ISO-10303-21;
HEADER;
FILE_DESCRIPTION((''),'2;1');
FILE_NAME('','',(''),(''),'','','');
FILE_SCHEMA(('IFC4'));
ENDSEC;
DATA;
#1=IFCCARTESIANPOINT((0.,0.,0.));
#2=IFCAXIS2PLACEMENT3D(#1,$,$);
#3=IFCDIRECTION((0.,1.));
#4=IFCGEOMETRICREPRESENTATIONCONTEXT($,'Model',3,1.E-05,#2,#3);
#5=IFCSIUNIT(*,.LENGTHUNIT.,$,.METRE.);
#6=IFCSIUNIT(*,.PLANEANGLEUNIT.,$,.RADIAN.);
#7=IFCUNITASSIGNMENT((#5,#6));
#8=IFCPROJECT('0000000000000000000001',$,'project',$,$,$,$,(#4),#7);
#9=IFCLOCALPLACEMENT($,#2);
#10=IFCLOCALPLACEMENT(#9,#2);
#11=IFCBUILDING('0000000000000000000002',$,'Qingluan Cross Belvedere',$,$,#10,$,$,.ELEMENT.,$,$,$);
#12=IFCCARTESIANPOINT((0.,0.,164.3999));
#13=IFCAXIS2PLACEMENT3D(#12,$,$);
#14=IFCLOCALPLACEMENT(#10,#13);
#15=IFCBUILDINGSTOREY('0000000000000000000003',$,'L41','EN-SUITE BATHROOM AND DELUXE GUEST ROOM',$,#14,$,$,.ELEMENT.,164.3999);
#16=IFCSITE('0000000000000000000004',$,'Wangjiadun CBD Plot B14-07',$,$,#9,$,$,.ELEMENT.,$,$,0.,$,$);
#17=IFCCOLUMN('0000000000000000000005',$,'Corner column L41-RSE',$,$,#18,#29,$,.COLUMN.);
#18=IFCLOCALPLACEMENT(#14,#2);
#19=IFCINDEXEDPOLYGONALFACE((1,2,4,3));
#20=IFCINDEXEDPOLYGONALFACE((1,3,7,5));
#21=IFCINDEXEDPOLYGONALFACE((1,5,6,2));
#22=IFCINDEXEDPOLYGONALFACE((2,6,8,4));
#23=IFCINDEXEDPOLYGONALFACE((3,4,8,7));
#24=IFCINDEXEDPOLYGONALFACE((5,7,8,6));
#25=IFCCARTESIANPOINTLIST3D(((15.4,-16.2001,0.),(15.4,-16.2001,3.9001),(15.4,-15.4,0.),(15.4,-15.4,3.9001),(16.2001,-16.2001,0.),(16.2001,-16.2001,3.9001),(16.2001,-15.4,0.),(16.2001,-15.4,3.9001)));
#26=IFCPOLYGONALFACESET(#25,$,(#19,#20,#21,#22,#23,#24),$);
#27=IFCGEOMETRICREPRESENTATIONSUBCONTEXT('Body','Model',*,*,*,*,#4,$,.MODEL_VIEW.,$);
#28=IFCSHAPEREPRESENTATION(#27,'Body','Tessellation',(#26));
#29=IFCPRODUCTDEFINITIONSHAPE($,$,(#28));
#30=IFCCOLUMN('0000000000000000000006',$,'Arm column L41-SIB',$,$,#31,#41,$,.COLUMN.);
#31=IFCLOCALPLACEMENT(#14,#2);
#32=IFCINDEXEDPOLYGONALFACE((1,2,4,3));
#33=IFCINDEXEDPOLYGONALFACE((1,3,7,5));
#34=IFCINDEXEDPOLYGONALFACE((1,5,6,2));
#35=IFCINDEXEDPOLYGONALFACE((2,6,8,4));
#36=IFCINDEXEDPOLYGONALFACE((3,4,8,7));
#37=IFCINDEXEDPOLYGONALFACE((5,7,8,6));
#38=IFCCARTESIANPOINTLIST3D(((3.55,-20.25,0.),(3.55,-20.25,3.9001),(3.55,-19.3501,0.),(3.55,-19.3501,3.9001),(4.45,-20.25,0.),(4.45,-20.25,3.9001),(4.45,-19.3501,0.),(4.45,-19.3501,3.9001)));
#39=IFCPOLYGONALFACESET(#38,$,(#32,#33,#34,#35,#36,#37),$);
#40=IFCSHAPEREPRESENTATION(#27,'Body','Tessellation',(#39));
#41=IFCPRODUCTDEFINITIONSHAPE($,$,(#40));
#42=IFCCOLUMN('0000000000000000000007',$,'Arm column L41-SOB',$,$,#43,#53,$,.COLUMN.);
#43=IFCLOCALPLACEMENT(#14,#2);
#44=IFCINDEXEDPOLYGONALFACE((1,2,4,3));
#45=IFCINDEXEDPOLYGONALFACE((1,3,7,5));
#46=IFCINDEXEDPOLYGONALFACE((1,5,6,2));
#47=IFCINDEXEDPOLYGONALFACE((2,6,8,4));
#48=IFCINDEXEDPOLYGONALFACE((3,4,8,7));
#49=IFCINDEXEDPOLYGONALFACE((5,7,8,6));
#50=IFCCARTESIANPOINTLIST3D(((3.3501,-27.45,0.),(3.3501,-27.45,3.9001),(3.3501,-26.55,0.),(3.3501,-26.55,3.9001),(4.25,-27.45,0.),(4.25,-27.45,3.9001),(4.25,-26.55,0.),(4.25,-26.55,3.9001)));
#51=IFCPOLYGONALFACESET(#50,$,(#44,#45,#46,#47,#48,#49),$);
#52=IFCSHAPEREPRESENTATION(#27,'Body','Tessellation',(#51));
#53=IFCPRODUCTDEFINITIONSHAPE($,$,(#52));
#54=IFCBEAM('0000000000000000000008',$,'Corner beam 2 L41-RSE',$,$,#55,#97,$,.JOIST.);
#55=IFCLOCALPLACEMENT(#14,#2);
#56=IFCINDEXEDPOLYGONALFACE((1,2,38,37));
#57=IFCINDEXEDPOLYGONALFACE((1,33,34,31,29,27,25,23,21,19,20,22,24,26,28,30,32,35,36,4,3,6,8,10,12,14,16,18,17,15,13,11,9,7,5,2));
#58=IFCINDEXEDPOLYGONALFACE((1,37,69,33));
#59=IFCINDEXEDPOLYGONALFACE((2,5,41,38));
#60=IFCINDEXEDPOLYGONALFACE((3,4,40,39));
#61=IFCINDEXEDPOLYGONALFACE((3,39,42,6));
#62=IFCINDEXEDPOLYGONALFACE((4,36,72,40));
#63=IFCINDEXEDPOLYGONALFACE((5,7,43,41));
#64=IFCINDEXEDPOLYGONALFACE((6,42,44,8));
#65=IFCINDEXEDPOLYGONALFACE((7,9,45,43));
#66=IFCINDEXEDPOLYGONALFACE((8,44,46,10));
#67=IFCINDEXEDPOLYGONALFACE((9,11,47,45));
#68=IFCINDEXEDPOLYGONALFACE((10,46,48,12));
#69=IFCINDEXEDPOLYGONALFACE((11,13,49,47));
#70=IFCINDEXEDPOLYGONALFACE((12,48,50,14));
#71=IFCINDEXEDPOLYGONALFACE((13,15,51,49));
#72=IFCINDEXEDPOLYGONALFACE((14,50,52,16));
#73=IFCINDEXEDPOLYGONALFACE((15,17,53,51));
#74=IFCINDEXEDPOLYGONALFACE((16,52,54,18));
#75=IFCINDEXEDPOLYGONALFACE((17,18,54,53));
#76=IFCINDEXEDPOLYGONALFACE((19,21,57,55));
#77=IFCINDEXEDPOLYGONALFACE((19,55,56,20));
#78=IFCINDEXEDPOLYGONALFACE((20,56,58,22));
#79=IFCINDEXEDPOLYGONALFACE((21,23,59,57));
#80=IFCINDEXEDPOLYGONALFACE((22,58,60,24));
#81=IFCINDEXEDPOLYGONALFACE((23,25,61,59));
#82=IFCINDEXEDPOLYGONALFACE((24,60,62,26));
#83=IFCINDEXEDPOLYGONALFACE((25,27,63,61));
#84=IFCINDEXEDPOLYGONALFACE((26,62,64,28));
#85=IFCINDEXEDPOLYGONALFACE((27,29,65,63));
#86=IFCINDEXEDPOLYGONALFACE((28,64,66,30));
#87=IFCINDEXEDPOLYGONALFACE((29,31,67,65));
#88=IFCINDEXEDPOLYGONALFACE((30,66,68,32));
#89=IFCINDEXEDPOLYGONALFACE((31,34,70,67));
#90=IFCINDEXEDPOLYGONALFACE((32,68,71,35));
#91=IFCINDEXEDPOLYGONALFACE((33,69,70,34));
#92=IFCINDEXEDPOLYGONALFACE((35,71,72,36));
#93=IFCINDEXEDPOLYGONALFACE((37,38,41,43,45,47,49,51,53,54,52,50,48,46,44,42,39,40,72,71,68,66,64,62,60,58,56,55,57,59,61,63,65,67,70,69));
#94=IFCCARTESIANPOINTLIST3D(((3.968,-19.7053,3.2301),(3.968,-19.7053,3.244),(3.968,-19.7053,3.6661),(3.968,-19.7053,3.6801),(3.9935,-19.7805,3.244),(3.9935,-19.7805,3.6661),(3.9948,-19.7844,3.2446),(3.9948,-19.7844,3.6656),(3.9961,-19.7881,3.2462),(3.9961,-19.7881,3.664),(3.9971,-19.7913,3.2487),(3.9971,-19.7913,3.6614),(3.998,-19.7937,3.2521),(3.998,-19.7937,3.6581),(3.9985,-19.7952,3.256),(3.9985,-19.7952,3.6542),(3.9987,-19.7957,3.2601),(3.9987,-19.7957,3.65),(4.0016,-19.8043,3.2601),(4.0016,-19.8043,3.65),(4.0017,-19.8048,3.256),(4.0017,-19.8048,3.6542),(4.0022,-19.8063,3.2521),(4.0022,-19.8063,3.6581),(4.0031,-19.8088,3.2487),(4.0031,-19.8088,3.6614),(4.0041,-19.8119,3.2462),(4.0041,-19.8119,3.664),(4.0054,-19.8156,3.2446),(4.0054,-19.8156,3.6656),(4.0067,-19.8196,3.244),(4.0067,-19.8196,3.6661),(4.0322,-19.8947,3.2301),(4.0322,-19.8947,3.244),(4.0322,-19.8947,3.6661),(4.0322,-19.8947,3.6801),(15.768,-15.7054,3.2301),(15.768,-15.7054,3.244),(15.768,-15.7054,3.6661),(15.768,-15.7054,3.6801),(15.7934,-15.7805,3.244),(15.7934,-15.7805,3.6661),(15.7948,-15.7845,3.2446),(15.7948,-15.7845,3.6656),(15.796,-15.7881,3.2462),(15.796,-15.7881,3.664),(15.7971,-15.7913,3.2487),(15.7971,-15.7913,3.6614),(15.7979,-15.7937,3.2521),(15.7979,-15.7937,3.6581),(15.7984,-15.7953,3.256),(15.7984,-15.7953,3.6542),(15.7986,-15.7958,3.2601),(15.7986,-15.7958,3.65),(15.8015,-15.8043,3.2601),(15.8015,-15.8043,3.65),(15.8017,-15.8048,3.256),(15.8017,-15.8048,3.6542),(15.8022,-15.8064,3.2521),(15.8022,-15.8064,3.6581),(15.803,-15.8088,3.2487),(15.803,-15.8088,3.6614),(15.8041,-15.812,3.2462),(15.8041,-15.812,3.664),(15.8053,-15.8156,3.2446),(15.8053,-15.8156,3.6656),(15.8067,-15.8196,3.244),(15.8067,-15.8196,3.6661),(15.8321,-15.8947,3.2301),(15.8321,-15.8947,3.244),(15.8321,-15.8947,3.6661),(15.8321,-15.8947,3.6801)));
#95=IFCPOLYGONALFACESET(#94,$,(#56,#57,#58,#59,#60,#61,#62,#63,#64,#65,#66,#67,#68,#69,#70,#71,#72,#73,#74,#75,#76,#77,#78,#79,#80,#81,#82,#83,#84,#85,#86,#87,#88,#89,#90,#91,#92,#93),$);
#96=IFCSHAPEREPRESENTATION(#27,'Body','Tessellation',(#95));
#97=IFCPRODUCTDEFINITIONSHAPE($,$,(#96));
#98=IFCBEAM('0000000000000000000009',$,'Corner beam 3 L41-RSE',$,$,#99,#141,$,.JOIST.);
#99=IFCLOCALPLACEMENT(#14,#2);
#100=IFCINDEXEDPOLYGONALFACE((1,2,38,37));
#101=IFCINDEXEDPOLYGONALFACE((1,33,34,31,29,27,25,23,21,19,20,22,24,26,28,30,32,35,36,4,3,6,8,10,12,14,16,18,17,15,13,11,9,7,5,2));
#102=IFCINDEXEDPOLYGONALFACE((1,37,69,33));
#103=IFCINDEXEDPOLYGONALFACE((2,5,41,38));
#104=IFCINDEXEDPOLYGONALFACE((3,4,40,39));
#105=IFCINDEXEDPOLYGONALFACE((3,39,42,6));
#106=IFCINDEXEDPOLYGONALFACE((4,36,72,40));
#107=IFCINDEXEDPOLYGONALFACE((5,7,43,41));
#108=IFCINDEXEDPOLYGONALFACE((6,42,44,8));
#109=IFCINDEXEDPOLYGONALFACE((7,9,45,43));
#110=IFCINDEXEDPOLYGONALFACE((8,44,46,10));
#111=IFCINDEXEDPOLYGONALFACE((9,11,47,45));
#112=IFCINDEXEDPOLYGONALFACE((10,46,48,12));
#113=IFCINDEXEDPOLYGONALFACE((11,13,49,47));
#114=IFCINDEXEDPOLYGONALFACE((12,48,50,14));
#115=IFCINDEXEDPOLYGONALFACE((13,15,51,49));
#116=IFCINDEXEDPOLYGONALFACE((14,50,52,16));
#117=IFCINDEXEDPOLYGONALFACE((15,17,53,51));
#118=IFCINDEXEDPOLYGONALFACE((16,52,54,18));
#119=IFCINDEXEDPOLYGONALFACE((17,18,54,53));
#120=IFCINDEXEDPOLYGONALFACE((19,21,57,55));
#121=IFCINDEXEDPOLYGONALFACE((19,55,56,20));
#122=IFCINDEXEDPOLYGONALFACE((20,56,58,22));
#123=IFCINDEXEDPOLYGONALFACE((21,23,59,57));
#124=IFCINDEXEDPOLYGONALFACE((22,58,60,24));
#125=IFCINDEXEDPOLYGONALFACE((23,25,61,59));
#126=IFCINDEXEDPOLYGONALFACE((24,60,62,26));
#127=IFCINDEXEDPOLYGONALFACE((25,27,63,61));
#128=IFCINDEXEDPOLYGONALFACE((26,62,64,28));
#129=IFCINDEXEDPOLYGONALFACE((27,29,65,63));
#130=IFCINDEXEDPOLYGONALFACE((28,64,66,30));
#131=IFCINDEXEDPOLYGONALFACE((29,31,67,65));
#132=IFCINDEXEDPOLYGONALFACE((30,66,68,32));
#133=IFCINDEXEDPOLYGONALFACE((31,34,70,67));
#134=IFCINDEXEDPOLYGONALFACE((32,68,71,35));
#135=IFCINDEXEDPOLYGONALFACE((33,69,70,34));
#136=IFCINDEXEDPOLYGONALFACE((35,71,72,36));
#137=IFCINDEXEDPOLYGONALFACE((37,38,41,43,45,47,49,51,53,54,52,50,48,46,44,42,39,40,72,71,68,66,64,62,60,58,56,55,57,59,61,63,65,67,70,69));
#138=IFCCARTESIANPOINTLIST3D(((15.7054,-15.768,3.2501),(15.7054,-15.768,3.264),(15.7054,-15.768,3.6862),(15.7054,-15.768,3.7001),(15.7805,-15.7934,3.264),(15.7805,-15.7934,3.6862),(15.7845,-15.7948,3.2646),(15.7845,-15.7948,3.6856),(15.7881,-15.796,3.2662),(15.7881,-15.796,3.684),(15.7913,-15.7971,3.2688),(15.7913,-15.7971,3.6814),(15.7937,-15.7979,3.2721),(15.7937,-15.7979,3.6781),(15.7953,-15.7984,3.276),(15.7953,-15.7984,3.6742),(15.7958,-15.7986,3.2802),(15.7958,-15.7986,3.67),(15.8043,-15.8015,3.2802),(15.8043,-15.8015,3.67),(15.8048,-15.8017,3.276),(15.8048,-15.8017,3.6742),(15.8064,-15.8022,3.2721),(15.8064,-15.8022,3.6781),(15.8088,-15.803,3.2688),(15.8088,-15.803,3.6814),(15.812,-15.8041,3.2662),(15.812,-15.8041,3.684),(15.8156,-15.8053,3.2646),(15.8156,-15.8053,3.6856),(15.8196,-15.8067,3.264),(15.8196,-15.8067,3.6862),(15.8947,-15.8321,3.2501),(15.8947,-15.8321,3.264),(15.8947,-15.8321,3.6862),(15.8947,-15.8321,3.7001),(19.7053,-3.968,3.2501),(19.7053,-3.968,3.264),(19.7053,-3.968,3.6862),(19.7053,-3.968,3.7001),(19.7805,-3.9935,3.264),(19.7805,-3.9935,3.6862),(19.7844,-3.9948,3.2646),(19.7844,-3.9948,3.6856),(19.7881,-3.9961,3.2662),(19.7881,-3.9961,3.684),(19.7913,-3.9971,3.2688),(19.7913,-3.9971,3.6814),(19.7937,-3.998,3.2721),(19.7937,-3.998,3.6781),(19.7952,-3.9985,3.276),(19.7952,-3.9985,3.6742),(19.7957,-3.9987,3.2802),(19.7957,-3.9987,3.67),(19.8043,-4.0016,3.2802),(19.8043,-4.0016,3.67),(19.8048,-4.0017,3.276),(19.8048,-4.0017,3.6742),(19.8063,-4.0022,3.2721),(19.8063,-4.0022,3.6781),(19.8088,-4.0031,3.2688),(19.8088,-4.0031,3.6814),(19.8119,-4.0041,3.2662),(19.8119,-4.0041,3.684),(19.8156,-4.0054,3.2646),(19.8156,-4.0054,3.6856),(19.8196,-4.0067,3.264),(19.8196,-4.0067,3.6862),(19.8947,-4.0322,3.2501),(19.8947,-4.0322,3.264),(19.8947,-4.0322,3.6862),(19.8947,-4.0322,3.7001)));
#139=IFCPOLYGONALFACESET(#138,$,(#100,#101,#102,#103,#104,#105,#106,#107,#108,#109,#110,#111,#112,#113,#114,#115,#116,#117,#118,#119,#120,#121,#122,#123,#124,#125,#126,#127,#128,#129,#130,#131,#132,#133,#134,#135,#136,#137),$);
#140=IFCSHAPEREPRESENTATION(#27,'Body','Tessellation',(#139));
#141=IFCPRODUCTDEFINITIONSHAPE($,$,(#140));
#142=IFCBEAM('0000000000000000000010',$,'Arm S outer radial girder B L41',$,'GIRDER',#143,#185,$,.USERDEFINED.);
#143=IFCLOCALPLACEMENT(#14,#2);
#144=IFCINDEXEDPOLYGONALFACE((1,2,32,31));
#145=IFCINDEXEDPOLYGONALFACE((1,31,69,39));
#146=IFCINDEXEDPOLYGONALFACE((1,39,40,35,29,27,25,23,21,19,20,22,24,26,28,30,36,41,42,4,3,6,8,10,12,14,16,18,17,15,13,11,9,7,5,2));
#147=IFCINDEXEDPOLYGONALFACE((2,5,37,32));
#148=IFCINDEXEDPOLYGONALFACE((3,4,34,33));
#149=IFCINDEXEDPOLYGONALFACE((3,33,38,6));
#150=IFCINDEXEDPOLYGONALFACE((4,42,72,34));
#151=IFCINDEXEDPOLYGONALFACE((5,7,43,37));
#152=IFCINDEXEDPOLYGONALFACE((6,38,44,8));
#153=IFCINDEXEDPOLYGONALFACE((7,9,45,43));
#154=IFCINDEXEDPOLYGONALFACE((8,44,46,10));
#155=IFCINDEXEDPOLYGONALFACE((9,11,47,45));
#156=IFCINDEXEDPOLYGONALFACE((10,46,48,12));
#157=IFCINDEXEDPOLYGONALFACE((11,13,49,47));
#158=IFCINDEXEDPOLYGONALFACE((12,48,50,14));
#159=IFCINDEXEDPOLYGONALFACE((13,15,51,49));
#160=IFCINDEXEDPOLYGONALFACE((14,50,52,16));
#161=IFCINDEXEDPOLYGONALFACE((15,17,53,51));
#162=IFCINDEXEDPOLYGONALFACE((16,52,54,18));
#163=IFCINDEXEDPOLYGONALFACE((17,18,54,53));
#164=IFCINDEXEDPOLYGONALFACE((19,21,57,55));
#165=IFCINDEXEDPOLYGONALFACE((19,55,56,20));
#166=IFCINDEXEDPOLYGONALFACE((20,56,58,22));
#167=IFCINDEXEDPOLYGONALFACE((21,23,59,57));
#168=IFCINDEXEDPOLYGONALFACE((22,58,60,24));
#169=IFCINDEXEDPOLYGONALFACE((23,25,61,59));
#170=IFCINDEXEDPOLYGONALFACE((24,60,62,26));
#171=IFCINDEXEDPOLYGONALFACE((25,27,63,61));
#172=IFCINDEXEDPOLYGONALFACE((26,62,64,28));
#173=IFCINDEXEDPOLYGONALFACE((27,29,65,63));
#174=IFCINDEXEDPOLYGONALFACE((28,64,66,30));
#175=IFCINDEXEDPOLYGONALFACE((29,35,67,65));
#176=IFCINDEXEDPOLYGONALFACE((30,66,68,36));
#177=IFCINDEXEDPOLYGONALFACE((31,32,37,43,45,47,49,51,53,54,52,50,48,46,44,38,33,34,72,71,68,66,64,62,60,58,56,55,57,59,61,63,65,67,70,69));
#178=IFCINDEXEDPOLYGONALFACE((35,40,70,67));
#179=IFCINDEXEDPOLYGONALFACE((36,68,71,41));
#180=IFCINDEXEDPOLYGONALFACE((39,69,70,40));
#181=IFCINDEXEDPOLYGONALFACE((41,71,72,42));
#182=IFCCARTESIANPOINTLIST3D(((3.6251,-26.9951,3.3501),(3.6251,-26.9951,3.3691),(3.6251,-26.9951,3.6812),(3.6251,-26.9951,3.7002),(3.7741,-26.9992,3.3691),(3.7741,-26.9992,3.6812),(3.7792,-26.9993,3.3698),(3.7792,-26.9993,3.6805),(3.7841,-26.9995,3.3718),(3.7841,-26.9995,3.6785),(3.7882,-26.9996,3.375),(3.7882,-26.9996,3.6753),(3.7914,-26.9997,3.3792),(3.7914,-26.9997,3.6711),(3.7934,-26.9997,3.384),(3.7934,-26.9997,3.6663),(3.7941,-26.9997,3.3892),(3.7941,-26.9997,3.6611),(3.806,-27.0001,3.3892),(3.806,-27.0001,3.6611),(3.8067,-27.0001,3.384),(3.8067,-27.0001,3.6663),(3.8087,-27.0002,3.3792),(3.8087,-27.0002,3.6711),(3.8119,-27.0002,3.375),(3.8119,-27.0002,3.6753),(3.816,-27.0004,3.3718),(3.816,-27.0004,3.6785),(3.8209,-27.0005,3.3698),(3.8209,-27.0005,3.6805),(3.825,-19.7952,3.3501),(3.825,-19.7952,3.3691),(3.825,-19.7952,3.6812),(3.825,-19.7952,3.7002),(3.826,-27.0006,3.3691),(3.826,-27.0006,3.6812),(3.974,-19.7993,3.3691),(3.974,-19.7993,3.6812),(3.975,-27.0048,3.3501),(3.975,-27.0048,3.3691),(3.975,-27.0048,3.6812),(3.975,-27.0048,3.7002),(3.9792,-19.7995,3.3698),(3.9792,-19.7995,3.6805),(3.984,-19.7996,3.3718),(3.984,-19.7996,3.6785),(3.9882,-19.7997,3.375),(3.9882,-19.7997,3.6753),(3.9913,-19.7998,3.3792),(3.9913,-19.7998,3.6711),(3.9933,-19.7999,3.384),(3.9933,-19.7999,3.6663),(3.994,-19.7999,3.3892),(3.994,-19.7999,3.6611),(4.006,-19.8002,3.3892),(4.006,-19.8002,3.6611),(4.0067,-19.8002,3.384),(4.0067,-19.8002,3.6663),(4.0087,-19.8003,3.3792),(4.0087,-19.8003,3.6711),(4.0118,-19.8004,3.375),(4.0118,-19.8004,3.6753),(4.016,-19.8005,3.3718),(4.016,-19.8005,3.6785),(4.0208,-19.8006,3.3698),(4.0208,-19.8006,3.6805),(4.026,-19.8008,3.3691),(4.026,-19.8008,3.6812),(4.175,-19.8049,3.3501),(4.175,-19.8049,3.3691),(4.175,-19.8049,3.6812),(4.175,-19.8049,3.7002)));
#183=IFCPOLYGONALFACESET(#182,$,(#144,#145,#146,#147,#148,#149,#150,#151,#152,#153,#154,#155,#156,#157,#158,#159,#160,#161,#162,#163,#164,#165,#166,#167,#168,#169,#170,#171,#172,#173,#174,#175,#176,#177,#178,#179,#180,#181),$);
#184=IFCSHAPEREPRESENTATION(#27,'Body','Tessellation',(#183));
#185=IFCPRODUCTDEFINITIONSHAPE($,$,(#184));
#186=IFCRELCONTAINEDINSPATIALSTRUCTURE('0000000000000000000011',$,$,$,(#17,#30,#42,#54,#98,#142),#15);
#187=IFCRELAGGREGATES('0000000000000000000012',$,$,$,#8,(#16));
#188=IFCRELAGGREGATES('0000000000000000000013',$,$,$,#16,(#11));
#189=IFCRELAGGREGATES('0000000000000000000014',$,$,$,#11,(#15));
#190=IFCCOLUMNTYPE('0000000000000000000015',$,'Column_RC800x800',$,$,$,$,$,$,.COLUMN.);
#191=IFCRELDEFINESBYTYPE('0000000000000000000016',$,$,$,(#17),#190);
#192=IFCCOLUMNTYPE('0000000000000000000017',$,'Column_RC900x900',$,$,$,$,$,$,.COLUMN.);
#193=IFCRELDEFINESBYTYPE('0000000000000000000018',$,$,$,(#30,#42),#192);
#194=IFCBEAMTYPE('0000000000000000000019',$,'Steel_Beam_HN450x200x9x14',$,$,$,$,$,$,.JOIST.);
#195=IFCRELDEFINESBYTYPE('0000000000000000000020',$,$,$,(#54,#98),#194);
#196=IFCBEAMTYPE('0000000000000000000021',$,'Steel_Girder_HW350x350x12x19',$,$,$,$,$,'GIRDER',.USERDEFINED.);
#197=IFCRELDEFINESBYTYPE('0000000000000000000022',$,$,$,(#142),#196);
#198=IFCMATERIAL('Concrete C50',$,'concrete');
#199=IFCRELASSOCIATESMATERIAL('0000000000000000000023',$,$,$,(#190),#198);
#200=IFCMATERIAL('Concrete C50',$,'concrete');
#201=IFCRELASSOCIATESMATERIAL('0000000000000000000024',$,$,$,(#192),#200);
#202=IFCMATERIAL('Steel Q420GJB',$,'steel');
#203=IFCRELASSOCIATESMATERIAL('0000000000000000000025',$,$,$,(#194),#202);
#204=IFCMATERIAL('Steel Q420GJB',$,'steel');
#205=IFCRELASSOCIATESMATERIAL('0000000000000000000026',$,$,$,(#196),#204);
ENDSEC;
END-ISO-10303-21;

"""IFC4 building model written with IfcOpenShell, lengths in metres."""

from ifc_helpers import new_model, si_unit, direction, frame, origin, origin_2d, place, context, subcontext, project, spatial, rectangle, i_section, extrude, material, material_profile, profile_set, type_object, element, save


model = new_model("IFC4")

# Units and contexts
model_context = context("Model", 3, precision=1e-05, world=origin(), true_north=direction((0.0, 1.0)))
body_context = subcontext(model_context, "Body", "Model", "MODEL_VIEW")
ifc_project = project(units=[si_unit("LENGTHUNIT", "METRE"), si_unit("PLANEANGLEUNIT", "RADIAN")], contexts=[model_context])

# Site, building, storey
site_placement = place(None, origin())
site = spatial("IfcSite", under=ifc_project, at=site_placement, Name="Wangjiadun CBD Plot B14-07", CompositionType="ELEMENT", RefElevation=0.0)
building_placement = place(site_placement, origin())
building = spatial("IfcBuilding", under=site, at=building_placement, Name="Qingluan Cross Belvedere", CompositionType="ELEMENT")
storey_placement = place(building_placement, frame((0.0, 0.0, 164.3999)))
storey = spatial("IfcBuildingStorey", under=building, at=storey_placement, Name="L41", Description="EN-SUITE BATHROOM AND DELUXE GUEST ROOM", CompositionType="ELEMENT", Elevation=164.3999)

# Columns
ifc_material_1 = material(Name="Concrete C50", Category="concrete")
ifc_material_profile_1 = material_profile(ifc_material_1, rectangle(XDim=0.8, YDim=0.8, at=origin_2d()), Name="RC800x800")
ifc_profile_set_1 = profile_set([ifc_material_profile_1], Name="Concrete C50")
column_type_1 = type_object("IfcColumnType", Name="Column_RC800x800", PredefinedType="COLUMN", material=ifc_profile_set_1)
column_placement = place(storey_placement, frame((15.8, -15.8, 0.0), z_axis=(0.0, 0.0, 1.0), x_axis=(1.0, 0.0, 0.0)))
element("IfcColumn", 1, at=column_placement, inside=storey, type_object=column_type_1, Name="Corner column L41-RSE", PredefinedType="COLUMN", context=body_context, shape_type="SweptSolid", body=[
    extrude(rectangle(XDim=0.8, YDim=0.8, at=origin_2d()), origin(), (0.0, 0.0, 1.0), 3.9001),
])
ifc_material_2 = material(Name="Concrete C50", Category="concrete")
ifc_material_profile_2 = material_profile(ifc_material_2, rectangle(XDim=0.8999, YDim=0.8999, at=origin_2d()), Name="RC900x900")
ifc_profile_set_2 = profile_set([ifc_material_profile_2], Name="Concrete C50")
column_type_2 = type_object("IfcColumnType", Name="Column_RC900x900", PredefinedType="COLUMN", material=ifc_profile_set_2)
for number, where, z_axis, x_axis, name in (
    (2, (4.0, -19.8, 0.0), (0.0, 0.0, 1.0), (1.0, 0.0, 0.0), "Arm column L41-SIB"),
    (3, (3.8, -27.0, 0.0), (0.0, 0.0, 1.0), (1.0, 0.0, 0.0), "Arm column L41-SOB"),
):
    element("IfcColumn", number, at=place(storey_placement, frame(where, z_axis=z_axis, x_axis=x_axis)), inside=storey, type_object=column_type_2, Name=name, PredefinedType="COLUMN", context=body_context, shape_type="SweptSolid", body=[
        extrude(rectangle(XDim=0.8999, YDim=0.8999, at=origin_2d()), origin(), (0.0, 0.0, 1.0), 3.9001),
    ])

# Beams
ifc_material_3 = material(Name="Steel Q420GJB", Category="steel")
ifc_material_profile_3 = material_profile(ifc_material_3, i_section(OverallWidth=0.2, OverallDepth=0.45, WebThickness=0.009, FlangeThickness=0.0139, FilletRadius=0.0161, at=origin_2d()), Name="HN450x200x9x14")
ifc_profile_set_3 = profile_set([ifc_material_profile_3], Name="Steel Q420GJB")
beam_type_1 = type_object("IfcBeamType", Name="Steel_Beam_HN450x200x9x14", PredefinedType="JOIST", material=ifc_profile_set_3)
for number, where, z_axis, x_axis, name in (
    (4, (15.8, -15.8, 3.4551), (-0.947066, -0.321038, 0.0), (0.321038, -0.947066, 0.0), "Corner beam 2 L41-RSE"),
    (5, (15.8, -15.8, 3.4751), (0.321038, 0.947066, 0.0), (-0.947066, 0.321038, 0.0), "Corner beam 3 L41-RSE"),
):
    element("IfcBeam", number, at=place(storey_placement, frame(where, z_axis=z_axis, x_axis=x_axis)), inside=storey, type_object=beam_type_1, Name=name, PredefinedType="JOIST", context=body_context, shape_type="SweptSolid", body=[
        extrude(i_section(OverallWidth=0.2, OverallDepth=0.45, WebThickness=0.009, FlangeThickness=0.0139, FilletRadius=0.0161, at=origin_2d()), origin(), (0.0, 0.0, 1.0), 12.4595),
    ])
ifc_material_4 = material(Name="Steel Q420GJB", Category="steel")
ifc_material_profile_4 = material_profile(ifc_material_4, i_section(OverallWidth=0.3501, OverallDepth=0.3501, WebThickness=0.012, FlangeThickness=0.019, FilletRadius=0.02, at=origin_2d()), Name="HW350x350x12x19")
ifc_profile_set_4 = profile_set([ifc_material_profile_4], Name="Steel Q420GJB")
beam_type_2 = type_object("IfcBeamType", Name="Steel_Girder_HW350x350x12x19", ElementType="GIRDER", PredefinedType="USERDEFINED", material=ifc_profile_set_4)
beam_placement = place(storey_placement, frame((4.0, -19.8, 3.5251), z_axis=(-0.02776, -0.999615, 0.0), x_axis=(0.999615, -0.02776, 0.0)))
element("IfcBeam", 6, at=beam_placement, inside=storey, type_object=beam_type_2, Name="Arm S outer radial girder B L41", ObjectType="GIRDER", PredefinedType="USERDEFINED", context=body_context, shape_type="SweptSolid", body=[
    extrude(i_section(OverallWidth=0.3501, OverallDepth=0.3501, WebThickness=0.012, FlangeThickness=0.019, FilletRadius=0.02, at=origin_2d()), origin(), (0.0, 0.0, 1.0), 7.2026),
])

save(model, "model.ifc")
